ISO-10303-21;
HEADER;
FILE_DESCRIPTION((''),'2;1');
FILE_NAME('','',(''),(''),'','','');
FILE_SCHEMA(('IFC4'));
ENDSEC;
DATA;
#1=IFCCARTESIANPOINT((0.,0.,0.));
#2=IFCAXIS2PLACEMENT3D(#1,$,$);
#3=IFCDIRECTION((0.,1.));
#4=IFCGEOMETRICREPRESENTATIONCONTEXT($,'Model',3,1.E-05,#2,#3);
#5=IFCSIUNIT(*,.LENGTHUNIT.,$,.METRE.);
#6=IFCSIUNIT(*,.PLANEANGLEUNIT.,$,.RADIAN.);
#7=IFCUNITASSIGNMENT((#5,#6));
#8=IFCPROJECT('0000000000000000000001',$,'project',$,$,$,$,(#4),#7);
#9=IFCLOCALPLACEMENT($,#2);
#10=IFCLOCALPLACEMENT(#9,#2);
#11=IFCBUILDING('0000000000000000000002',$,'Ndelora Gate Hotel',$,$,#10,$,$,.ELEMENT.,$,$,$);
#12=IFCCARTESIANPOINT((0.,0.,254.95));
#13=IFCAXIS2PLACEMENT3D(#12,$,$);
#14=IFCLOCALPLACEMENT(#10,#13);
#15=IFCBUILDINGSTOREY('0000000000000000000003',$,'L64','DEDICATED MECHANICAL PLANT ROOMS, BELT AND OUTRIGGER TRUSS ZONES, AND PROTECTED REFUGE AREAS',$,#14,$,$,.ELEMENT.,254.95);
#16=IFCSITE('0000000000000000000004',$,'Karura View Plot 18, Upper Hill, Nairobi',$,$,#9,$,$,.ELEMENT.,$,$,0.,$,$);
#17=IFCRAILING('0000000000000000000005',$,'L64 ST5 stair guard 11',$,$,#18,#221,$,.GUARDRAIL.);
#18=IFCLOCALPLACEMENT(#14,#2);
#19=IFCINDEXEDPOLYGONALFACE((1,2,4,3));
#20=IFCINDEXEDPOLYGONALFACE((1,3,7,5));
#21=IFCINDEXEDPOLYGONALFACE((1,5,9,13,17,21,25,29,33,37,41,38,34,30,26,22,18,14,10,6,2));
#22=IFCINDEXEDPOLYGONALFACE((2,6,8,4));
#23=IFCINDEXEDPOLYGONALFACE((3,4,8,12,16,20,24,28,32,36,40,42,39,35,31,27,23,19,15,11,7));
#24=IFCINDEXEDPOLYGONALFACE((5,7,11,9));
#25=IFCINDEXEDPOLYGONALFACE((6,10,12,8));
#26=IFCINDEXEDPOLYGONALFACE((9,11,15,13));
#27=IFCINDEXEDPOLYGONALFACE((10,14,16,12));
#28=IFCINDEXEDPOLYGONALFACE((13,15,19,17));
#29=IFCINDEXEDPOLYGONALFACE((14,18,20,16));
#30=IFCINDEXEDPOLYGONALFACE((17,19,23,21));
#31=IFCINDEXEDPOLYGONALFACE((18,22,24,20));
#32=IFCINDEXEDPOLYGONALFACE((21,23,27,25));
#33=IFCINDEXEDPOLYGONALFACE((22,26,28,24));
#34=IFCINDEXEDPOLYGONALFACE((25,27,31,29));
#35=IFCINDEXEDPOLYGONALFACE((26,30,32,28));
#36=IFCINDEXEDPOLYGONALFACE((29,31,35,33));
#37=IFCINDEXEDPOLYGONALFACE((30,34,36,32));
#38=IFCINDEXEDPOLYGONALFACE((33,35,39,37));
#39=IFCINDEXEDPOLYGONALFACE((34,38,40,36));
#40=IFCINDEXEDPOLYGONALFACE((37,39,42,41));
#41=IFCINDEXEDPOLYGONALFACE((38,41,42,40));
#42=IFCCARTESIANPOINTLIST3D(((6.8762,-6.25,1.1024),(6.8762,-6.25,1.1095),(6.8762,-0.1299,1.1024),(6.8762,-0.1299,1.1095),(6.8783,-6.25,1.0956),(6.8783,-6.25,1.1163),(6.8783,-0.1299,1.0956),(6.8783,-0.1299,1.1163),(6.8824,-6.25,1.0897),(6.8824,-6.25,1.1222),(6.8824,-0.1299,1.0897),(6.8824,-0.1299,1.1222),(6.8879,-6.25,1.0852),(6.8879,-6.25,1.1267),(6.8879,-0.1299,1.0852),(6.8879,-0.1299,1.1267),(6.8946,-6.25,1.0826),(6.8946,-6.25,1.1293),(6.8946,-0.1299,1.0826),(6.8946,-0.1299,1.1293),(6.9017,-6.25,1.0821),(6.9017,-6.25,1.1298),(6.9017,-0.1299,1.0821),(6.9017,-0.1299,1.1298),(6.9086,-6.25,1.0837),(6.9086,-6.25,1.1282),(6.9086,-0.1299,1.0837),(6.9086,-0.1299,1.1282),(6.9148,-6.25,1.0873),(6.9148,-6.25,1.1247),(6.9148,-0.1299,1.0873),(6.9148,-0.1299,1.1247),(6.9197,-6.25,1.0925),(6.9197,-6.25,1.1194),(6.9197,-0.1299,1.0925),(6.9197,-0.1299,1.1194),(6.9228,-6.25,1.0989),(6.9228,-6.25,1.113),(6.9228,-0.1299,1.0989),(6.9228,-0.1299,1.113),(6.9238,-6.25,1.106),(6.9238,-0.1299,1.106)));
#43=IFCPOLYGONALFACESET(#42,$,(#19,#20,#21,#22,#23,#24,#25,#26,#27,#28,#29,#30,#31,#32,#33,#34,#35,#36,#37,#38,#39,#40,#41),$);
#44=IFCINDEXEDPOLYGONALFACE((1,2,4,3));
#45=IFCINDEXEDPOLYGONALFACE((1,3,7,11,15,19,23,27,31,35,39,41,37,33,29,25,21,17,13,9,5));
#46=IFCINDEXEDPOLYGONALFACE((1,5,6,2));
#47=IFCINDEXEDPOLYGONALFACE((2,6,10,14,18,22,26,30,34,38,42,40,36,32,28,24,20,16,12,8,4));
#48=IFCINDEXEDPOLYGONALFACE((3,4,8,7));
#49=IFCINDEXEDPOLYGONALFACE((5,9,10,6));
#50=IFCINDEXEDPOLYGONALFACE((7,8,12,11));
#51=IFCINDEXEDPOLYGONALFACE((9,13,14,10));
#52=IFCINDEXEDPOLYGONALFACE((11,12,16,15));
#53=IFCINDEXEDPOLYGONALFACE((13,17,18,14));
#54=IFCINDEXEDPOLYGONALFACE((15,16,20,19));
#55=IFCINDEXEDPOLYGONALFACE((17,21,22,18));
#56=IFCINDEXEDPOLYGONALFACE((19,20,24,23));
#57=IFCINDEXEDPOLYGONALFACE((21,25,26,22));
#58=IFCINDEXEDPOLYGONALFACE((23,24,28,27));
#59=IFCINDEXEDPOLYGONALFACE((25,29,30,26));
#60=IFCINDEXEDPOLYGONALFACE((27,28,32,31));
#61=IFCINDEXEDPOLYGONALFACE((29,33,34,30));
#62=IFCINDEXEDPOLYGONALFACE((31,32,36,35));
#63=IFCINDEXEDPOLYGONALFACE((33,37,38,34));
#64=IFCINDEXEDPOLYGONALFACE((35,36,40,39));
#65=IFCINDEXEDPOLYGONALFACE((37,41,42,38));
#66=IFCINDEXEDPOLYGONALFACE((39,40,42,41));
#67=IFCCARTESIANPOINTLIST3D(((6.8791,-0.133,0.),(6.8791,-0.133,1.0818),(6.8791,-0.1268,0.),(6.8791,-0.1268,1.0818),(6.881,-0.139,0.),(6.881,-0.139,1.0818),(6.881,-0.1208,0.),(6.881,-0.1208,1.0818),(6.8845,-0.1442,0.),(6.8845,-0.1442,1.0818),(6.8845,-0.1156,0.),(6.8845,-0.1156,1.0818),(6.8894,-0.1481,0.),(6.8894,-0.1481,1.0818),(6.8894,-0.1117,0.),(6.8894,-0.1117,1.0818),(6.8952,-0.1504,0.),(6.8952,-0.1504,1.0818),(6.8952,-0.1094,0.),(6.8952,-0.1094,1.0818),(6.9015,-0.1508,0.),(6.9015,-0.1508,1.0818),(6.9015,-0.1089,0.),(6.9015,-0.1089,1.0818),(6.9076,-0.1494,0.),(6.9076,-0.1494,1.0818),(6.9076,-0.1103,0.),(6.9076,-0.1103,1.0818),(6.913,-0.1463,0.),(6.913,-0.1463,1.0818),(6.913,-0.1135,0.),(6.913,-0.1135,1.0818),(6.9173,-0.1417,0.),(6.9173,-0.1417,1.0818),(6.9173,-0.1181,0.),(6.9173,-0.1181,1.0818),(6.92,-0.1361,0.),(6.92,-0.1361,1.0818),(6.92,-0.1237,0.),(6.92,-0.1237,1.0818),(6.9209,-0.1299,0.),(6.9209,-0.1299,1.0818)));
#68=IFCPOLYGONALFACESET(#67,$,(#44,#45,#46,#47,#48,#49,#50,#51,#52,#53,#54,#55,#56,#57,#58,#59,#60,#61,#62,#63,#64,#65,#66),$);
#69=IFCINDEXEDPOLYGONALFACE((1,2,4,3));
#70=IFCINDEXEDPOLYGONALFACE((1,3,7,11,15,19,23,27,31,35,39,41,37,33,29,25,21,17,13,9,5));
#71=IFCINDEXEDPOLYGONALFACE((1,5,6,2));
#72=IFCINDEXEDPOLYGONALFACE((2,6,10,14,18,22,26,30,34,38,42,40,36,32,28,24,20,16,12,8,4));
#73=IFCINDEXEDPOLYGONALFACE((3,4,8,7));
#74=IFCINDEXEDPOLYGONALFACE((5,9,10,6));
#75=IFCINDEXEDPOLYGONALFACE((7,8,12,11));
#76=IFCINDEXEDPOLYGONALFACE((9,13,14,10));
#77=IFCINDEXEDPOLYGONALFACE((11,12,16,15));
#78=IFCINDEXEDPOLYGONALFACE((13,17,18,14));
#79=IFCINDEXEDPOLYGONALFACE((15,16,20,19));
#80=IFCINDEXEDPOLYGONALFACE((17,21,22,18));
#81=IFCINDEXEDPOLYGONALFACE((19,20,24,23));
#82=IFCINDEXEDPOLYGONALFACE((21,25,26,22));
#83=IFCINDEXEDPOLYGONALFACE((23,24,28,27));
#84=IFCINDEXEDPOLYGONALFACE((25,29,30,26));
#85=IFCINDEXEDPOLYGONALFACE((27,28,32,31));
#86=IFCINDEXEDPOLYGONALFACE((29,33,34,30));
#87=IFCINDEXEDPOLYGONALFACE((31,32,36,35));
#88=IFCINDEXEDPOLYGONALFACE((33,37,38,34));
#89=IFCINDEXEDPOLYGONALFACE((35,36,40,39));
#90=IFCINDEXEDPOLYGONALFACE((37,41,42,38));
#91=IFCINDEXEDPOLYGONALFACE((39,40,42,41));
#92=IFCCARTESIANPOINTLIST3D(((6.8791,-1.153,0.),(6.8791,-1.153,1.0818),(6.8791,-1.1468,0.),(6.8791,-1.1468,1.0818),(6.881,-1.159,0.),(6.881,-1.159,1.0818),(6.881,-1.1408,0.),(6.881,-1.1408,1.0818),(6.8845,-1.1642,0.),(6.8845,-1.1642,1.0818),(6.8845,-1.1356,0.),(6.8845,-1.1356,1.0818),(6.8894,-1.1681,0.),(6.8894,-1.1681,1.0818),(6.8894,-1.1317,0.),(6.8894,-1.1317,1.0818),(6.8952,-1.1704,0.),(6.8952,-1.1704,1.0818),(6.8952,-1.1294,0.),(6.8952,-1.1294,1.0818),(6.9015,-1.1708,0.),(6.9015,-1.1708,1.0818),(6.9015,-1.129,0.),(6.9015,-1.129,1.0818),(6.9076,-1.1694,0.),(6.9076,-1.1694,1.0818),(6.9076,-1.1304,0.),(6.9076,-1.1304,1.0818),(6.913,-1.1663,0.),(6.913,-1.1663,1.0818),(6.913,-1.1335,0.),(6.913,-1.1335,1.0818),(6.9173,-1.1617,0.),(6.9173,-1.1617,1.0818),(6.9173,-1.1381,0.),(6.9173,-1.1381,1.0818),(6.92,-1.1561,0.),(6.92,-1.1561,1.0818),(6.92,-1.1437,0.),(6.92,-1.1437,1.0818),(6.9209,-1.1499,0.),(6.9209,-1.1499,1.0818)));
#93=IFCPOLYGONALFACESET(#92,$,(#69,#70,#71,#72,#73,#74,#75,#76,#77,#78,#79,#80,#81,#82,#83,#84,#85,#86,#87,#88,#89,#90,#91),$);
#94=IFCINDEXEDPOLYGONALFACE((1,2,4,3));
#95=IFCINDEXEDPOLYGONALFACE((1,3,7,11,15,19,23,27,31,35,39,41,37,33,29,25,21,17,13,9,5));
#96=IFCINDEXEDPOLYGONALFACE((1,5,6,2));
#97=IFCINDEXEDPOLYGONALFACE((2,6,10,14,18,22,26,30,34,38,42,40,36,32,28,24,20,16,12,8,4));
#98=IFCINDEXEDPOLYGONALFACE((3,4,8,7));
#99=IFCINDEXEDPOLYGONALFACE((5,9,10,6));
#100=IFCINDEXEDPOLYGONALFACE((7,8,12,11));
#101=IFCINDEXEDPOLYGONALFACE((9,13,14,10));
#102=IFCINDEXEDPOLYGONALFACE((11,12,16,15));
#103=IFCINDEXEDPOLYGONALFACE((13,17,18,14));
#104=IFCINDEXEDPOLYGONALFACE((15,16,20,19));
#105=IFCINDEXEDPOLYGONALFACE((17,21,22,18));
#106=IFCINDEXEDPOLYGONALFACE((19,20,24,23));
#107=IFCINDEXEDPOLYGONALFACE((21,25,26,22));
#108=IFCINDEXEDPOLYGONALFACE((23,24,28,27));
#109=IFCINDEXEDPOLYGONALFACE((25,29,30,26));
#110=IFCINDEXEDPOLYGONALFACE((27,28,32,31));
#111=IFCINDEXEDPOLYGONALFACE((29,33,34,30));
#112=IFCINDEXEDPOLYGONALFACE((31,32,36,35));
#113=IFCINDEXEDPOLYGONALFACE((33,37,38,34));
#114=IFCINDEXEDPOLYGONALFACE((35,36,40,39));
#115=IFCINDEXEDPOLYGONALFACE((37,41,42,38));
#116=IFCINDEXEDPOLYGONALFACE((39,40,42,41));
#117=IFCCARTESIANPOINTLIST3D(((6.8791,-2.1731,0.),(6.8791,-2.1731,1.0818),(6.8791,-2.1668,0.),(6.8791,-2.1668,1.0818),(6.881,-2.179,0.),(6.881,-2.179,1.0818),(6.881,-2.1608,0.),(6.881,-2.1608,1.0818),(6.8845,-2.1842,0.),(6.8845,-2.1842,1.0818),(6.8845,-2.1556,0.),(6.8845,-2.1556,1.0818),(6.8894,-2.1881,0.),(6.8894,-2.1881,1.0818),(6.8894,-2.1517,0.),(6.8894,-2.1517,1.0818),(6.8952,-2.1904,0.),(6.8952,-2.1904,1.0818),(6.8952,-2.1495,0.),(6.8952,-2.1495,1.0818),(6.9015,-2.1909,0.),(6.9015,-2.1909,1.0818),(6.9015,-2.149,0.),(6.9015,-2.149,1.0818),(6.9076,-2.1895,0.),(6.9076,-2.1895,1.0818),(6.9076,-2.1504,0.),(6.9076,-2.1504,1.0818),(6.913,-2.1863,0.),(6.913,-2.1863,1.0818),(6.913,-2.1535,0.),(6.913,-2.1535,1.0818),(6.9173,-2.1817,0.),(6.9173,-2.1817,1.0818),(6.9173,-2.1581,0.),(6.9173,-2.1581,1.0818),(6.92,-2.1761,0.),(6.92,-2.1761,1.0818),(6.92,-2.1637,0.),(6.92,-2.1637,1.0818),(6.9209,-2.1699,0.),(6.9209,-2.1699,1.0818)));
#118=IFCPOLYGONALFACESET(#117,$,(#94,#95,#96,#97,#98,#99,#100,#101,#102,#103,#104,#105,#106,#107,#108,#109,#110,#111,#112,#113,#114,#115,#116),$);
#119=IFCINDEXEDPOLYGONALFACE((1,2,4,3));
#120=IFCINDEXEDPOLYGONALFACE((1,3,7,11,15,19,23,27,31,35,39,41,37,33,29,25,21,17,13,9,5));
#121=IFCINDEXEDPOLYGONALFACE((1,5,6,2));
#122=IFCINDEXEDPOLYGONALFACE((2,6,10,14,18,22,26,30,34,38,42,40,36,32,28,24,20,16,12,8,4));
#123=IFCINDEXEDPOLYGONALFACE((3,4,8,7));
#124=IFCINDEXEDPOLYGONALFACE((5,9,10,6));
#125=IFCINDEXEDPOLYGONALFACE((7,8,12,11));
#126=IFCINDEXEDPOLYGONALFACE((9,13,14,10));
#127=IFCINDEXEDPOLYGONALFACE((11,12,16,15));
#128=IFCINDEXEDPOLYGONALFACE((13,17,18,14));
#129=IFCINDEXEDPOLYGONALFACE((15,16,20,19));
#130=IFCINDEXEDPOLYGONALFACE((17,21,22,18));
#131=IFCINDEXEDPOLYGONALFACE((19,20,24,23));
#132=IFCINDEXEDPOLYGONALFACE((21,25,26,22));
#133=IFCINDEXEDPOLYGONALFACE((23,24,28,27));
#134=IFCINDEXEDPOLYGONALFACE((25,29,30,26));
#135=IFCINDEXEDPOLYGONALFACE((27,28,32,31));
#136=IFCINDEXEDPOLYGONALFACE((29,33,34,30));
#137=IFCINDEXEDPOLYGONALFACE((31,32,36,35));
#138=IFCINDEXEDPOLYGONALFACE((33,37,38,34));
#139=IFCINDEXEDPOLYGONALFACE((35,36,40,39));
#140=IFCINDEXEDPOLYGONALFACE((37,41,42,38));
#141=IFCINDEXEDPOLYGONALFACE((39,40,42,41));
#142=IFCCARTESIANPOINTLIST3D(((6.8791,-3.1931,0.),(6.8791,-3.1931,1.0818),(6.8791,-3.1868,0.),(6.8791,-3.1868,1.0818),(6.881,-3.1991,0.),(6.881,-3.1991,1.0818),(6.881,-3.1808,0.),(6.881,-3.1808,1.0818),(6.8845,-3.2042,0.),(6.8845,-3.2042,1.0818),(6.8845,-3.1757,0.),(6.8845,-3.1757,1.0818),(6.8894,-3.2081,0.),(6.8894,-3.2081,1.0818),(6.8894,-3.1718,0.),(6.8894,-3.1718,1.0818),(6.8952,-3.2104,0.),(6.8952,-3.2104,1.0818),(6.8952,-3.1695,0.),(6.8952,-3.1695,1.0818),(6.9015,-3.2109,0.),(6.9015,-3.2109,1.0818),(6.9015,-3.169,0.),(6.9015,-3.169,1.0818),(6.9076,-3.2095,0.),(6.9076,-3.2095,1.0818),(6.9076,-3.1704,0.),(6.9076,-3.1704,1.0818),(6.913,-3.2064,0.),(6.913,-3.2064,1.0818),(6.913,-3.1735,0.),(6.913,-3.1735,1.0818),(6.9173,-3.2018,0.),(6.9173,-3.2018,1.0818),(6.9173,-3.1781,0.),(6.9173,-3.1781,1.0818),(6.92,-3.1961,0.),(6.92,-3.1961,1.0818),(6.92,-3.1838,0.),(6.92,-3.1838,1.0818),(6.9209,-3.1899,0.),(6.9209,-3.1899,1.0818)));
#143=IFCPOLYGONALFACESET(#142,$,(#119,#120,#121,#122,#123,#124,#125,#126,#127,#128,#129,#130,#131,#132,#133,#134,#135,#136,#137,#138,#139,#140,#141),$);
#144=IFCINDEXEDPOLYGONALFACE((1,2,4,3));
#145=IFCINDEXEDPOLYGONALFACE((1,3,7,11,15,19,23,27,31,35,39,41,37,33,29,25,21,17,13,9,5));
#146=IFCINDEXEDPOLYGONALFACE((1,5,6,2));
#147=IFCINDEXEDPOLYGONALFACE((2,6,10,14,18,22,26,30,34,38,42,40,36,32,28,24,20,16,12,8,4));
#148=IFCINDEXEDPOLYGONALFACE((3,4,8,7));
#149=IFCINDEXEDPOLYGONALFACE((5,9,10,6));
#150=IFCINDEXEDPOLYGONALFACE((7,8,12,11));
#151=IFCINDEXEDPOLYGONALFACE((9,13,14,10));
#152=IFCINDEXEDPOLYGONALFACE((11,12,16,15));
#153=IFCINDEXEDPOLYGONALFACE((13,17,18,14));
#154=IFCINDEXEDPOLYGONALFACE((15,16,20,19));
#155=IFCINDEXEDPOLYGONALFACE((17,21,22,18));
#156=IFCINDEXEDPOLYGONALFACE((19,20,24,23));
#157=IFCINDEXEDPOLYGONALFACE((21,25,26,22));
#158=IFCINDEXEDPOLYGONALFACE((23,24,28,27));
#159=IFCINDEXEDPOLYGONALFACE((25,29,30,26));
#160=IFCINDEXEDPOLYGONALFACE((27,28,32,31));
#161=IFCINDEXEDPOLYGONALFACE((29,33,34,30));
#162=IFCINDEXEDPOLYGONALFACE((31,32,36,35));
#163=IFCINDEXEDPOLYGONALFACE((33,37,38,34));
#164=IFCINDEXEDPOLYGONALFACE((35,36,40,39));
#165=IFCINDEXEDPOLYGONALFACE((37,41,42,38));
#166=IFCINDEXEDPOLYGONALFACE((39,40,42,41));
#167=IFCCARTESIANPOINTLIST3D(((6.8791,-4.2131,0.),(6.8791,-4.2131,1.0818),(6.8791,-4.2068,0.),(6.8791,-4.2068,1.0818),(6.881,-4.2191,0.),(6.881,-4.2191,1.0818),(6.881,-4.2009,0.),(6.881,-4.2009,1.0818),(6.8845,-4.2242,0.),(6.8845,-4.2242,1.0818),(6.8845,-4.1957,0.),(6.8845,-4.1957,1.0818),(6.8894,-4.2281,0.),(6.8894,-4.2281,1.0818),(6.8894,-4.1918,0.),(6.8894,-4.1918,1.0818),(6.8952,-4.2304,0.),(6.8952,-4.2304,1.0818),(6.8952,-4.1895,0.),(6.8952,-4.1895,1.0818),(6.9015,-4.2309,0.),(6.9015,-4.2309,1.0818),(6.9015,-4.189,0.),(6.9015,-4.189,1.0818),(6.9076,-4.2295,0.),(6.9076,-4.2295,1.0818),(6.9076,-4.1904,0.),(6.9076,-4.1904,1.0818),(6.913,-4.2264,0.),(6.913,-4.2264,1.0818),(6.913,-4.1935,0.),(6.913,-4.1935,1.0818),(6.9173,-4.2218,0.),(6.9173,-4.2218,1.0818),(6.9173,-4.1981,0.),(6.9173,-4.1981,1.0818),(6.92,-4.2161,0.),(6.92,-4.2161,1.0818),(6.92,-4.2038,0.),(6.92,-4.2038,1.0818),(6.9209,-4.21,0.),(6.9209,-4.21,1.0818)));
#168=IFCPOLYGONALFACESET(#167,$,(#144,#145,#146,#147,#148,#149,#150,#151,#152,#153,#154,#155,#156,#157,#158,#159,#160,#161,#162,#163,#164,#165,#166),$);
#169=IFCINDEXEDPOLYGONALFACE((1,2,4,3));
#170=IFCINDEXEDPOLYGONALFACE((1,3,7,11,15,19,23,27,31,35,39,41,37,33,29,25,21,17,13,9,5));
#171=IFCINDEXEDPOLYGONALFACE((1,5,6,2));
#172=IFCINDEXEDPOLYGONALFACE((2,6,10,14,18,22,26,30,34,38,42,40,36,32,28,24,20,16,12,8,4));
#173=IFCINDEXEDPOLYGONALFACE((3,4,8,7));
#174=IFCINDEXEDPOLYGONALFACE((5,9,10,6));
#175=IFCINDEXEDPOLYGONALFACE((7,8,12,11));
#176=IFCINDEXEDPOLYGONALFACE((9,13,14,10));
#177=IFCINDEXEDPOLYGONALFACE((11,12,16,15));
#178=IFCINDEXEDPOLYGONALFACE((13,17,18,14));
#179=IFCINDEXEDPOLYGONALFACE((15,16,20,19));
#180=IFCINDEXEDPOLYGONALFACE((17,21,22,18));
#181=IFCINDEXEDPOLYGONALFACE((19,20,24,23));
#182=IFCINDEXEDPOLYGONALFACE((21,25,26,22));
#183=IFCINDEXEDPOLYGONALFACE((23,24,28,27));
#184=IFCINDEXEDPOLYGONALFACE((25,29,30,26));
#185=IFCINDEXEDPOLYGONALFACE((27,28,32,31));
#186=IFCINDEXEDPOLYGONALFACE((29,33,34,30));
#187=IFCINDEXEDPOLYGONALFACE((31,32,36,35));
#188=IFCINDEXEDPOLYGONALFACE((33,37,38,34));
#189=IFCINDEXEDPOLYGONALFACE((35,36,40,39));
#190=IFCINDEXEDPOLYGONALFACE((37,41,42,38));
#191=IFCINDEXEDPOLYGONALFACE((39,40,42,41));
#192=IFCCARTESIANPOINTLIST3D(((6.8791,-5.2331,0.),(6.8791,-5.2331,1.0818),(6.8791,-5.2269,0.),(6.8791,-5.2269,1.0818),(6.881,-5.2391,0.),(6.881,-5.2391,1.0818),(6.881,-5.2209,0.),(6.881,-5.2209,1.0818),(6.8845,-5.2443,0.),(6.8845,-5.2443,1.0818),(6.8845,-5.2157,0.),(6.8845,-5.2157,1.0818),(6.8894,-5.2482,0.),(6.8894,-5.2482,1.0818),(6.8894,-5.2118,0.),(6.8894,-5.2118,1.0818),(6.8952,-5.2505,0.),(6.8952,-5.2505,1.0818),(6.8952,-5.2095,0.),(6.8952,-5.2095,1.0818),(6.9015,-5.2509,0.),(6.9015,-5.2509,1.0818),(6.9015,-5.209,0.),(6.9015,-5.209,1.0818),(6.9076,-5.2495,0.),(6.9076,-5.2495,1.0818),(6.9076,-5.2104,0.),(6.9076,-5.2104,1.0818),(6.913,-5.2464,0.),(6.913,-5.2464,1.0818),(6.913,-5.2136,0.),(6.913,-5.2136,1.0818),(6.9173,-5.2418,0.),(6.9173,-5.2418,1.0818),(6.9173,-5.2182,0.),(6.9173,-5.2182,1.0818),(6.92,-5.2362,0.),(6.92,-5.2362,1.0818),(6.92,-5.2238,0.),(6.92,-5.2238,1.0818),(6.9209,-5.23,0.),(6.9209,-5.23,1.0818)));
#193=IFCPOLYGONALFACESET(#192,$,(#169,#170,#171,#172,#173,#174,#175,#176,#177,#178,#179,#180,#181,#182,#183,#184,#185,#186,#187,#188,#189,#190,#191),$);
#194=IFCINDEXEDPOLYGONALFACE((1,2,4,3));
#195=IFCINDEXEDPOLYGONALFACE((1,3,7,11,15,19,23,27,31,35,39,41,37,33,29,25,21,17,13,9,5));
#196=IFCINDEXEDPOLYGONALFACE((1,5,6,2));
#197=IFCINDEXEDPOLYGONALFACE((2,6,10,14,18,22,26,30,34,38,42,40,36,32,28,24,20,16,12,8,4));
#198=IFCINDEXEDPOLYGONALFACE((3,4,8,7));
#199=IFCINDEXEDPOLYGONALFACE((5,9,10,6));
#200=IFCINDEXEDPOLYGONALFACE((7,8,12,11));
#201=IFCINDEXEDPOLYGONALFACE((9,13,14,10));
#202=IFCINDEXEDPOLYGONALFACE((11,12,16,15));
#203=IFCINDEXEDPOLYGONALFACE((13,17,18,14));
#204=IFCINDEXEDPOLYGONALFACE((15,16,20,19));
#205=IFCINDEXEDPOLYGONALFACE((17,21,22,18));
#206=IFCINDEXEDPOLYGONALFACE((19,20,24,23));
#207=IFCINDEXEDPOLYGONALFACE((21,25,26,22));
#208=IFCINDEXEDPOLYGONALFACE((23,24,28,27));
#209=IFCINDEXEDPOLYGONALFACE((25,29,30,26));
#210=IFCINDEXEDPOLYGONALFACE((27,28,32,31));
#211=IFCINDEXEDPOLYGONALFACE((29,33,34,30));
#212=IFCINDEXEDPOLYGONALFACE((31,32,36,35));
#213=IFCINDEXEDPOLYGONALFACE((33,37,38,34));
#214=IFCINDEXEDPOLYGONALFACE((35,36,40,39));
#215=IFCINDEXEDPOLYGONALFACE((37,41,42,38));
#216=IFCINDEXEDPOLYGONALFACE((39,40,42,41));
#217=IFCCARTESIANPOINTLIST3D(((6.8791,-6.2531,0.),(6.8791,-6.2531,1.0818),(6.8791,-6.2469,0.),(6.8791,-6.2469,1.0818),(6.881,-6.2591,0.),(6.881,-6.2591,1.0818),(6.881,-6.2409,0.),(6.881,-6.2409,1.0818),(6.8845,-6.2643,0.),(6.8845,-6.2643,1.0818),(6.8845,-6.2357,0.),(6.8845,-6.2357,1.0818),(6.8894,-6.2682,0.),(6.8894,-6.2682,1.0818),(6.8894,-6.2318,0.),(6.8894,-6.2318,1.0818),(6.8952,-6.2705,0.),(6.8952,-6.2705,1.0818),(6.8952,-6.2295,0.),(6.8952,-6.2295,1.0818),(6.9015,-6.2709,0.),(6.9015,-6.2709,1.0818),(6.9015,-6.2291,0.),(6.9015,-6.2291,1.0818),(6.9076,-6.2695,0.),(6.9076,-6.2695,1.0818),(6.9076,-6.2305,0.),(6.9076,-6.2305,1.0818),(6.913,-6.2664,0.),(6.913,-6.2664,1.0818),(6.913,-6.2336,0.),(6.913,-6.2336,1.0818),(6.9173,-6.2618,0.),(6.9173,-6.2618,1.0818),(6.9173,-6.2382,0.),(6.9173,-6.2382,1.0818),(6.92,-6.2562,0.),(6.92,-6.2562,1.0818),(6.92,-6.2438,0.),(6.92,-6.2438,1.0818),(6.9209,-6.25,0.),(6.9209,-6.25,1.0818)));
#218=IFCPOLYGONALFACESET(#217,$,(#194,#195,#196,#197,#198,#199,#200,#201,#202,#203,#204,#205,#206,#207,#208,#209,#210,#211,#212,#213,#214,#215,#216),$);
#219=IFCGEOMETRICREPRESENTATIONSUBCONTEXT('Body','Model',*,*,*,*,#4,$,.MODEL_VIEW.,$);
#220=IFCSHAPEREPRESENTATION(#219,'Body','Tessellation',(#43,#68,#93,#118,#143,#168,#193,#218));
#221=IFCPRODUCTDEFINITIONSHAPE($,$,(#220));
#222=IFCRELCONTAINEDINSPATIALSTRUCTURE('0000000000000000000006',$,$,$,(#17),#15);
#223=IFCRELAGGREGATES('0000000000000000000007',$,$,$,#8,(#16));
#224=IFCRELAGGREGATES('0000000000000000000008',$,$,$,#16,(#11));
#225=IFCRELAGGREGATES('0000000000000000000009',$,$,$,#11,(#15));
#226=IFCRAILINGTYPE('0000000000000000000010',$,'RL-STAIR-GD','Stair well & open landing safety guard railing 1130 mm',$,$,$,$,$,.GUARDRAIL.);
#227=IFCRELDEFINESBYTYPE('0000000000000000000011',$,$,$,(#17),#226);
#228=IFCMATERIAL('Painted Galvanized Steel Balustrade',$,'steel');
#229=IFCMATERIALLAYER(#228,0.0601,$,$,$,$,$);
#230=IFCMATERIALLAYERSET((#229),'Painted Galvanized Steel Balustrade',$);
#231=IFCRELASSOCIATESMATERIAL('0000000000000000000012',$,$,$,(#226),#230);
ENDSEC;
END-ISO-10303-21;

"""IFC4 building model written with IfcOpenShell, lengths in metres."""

from ifc_helpers import new_model, si_unit, direction, frame, origin, origin_2d, place, context, subcontext, project, spatial, circle, extrude, material, layer, layer_set, type_object, element, save


model = new_model("IFC4")

# Units and contexts
model_context = context("Model", 3, precision=1e-05, world=origin(), true_north=direction((0.0, 1.0)))
body_context = subcontext(model_context, "Body", "Model", "MODEL_VIEW")
ifc_project = project(units=[si_unit("LENGTHUNIT", "METRE"), si_unit("PLANEANGLEUNIT", "RADIAN")], contexts=[model_context])

# Site, building, storey
site_placement = place(None, origin())
site = spatial("IfcSite", under=ifc_project, at=site_placement, Name="Karura View Plot 18, Upper Hill, Nairobi", CompositionType="ELEMENT", RefElevation=0.0)
building_placement = place(site_placement, origin())
building = spatial("IfcBuilding", under=site, at=building_placement, Name="Ndelora Gate Hotel", CompositionType="ELEMENT")
storey_placement = place(building_placement, frame((0.0, 0.0, 254.95)))
storey = spatial("IfcBuildingStorey", under=building, at=storey_placement, Name="L64", Description="DEDICATED MECHANICAL PLANT ROOMS, BELT AND OUTRIGGER TRUSS ZONES, AND PROTECTED REFUGE AREAS", CompositionType="ELEMENT", Elevation=254.95)

# Railing
ifc_material_1 = material(Name="Painted Galvanized Steel Balustrade", Category="steel")
ifc_layer_1 = layer(ifc_material_1, 0.0601)
ifc_layer_set_1 = layer_set([ifc_layer_1], Name="Painted Galvanized Steel Balustrade")
railing_type = type_object("IfcRailingType", Name="RL-STAIR-GD", Description="Stair well & open landing safety guard railing 1130 mm", PredefinedType="GUARDRAIL", material=ifc_layer_set_1)
railing_placement = place(storey_placement, frame((6.8999, -0.1299, 0.0)))
element("IfcRailing", 1, at=railing_placement, inside=storey, type_object=railing_type, Name="L64 ST5 stair guard 11", PredefinedType="GUARDRAIL", context=body_context, shape_type="SweptSolid", body=[
    extrude(circle(Radius=0.0239, at=origin_2d()), frame((0.0, 0.0, 1.106), z_axis=(0.0, -1.0, 0.0), x_axis=(1.0, 0.0, 0.0)), (0.0, 0.0, 1.0), 6.1201),
    extrude(circle(Radius=0.021, at=origin_2d()), origin(), (0.0, 0.0, 1.0), 1.0818),
    extrude(circle(Radius=0.021, at=origin_2d()), frame((0.0, -1.02, 0.0)), (0.0, 0.0, 1.0), 1.0818),
    extrude(circle(Radius=0.021, at=origin_2d()), frame((0.0, -2.04, 0.0)), (0.0, 0.0, 1.0), 1.0818),
    extrude(circle(Radius=0.021, at=origin_2d()), frame((0.0, -3.0601, 0.0)), (0.0, 0.0, 1.0), 1.0818),
    extrude(circle(Radius=0.021, at=origin_2d()), frame((0.0, -4.0801, 0.0)), (0.0, 0.0, 1.0), 1.0818),
    extrude(circle(Radius=0.021, at=origin_2d()), frame((0.0, -5.1001, 0.0)), (0.0, 0.0, 1.0), 1.0818),
    extrude(circle(Radius=0.021, at=origin_2d()), frame((0.0, -6.1201, 0.0)), (0.0, 0.0, 1.0), 1.0818),
])

save(model, "model.ifc")
